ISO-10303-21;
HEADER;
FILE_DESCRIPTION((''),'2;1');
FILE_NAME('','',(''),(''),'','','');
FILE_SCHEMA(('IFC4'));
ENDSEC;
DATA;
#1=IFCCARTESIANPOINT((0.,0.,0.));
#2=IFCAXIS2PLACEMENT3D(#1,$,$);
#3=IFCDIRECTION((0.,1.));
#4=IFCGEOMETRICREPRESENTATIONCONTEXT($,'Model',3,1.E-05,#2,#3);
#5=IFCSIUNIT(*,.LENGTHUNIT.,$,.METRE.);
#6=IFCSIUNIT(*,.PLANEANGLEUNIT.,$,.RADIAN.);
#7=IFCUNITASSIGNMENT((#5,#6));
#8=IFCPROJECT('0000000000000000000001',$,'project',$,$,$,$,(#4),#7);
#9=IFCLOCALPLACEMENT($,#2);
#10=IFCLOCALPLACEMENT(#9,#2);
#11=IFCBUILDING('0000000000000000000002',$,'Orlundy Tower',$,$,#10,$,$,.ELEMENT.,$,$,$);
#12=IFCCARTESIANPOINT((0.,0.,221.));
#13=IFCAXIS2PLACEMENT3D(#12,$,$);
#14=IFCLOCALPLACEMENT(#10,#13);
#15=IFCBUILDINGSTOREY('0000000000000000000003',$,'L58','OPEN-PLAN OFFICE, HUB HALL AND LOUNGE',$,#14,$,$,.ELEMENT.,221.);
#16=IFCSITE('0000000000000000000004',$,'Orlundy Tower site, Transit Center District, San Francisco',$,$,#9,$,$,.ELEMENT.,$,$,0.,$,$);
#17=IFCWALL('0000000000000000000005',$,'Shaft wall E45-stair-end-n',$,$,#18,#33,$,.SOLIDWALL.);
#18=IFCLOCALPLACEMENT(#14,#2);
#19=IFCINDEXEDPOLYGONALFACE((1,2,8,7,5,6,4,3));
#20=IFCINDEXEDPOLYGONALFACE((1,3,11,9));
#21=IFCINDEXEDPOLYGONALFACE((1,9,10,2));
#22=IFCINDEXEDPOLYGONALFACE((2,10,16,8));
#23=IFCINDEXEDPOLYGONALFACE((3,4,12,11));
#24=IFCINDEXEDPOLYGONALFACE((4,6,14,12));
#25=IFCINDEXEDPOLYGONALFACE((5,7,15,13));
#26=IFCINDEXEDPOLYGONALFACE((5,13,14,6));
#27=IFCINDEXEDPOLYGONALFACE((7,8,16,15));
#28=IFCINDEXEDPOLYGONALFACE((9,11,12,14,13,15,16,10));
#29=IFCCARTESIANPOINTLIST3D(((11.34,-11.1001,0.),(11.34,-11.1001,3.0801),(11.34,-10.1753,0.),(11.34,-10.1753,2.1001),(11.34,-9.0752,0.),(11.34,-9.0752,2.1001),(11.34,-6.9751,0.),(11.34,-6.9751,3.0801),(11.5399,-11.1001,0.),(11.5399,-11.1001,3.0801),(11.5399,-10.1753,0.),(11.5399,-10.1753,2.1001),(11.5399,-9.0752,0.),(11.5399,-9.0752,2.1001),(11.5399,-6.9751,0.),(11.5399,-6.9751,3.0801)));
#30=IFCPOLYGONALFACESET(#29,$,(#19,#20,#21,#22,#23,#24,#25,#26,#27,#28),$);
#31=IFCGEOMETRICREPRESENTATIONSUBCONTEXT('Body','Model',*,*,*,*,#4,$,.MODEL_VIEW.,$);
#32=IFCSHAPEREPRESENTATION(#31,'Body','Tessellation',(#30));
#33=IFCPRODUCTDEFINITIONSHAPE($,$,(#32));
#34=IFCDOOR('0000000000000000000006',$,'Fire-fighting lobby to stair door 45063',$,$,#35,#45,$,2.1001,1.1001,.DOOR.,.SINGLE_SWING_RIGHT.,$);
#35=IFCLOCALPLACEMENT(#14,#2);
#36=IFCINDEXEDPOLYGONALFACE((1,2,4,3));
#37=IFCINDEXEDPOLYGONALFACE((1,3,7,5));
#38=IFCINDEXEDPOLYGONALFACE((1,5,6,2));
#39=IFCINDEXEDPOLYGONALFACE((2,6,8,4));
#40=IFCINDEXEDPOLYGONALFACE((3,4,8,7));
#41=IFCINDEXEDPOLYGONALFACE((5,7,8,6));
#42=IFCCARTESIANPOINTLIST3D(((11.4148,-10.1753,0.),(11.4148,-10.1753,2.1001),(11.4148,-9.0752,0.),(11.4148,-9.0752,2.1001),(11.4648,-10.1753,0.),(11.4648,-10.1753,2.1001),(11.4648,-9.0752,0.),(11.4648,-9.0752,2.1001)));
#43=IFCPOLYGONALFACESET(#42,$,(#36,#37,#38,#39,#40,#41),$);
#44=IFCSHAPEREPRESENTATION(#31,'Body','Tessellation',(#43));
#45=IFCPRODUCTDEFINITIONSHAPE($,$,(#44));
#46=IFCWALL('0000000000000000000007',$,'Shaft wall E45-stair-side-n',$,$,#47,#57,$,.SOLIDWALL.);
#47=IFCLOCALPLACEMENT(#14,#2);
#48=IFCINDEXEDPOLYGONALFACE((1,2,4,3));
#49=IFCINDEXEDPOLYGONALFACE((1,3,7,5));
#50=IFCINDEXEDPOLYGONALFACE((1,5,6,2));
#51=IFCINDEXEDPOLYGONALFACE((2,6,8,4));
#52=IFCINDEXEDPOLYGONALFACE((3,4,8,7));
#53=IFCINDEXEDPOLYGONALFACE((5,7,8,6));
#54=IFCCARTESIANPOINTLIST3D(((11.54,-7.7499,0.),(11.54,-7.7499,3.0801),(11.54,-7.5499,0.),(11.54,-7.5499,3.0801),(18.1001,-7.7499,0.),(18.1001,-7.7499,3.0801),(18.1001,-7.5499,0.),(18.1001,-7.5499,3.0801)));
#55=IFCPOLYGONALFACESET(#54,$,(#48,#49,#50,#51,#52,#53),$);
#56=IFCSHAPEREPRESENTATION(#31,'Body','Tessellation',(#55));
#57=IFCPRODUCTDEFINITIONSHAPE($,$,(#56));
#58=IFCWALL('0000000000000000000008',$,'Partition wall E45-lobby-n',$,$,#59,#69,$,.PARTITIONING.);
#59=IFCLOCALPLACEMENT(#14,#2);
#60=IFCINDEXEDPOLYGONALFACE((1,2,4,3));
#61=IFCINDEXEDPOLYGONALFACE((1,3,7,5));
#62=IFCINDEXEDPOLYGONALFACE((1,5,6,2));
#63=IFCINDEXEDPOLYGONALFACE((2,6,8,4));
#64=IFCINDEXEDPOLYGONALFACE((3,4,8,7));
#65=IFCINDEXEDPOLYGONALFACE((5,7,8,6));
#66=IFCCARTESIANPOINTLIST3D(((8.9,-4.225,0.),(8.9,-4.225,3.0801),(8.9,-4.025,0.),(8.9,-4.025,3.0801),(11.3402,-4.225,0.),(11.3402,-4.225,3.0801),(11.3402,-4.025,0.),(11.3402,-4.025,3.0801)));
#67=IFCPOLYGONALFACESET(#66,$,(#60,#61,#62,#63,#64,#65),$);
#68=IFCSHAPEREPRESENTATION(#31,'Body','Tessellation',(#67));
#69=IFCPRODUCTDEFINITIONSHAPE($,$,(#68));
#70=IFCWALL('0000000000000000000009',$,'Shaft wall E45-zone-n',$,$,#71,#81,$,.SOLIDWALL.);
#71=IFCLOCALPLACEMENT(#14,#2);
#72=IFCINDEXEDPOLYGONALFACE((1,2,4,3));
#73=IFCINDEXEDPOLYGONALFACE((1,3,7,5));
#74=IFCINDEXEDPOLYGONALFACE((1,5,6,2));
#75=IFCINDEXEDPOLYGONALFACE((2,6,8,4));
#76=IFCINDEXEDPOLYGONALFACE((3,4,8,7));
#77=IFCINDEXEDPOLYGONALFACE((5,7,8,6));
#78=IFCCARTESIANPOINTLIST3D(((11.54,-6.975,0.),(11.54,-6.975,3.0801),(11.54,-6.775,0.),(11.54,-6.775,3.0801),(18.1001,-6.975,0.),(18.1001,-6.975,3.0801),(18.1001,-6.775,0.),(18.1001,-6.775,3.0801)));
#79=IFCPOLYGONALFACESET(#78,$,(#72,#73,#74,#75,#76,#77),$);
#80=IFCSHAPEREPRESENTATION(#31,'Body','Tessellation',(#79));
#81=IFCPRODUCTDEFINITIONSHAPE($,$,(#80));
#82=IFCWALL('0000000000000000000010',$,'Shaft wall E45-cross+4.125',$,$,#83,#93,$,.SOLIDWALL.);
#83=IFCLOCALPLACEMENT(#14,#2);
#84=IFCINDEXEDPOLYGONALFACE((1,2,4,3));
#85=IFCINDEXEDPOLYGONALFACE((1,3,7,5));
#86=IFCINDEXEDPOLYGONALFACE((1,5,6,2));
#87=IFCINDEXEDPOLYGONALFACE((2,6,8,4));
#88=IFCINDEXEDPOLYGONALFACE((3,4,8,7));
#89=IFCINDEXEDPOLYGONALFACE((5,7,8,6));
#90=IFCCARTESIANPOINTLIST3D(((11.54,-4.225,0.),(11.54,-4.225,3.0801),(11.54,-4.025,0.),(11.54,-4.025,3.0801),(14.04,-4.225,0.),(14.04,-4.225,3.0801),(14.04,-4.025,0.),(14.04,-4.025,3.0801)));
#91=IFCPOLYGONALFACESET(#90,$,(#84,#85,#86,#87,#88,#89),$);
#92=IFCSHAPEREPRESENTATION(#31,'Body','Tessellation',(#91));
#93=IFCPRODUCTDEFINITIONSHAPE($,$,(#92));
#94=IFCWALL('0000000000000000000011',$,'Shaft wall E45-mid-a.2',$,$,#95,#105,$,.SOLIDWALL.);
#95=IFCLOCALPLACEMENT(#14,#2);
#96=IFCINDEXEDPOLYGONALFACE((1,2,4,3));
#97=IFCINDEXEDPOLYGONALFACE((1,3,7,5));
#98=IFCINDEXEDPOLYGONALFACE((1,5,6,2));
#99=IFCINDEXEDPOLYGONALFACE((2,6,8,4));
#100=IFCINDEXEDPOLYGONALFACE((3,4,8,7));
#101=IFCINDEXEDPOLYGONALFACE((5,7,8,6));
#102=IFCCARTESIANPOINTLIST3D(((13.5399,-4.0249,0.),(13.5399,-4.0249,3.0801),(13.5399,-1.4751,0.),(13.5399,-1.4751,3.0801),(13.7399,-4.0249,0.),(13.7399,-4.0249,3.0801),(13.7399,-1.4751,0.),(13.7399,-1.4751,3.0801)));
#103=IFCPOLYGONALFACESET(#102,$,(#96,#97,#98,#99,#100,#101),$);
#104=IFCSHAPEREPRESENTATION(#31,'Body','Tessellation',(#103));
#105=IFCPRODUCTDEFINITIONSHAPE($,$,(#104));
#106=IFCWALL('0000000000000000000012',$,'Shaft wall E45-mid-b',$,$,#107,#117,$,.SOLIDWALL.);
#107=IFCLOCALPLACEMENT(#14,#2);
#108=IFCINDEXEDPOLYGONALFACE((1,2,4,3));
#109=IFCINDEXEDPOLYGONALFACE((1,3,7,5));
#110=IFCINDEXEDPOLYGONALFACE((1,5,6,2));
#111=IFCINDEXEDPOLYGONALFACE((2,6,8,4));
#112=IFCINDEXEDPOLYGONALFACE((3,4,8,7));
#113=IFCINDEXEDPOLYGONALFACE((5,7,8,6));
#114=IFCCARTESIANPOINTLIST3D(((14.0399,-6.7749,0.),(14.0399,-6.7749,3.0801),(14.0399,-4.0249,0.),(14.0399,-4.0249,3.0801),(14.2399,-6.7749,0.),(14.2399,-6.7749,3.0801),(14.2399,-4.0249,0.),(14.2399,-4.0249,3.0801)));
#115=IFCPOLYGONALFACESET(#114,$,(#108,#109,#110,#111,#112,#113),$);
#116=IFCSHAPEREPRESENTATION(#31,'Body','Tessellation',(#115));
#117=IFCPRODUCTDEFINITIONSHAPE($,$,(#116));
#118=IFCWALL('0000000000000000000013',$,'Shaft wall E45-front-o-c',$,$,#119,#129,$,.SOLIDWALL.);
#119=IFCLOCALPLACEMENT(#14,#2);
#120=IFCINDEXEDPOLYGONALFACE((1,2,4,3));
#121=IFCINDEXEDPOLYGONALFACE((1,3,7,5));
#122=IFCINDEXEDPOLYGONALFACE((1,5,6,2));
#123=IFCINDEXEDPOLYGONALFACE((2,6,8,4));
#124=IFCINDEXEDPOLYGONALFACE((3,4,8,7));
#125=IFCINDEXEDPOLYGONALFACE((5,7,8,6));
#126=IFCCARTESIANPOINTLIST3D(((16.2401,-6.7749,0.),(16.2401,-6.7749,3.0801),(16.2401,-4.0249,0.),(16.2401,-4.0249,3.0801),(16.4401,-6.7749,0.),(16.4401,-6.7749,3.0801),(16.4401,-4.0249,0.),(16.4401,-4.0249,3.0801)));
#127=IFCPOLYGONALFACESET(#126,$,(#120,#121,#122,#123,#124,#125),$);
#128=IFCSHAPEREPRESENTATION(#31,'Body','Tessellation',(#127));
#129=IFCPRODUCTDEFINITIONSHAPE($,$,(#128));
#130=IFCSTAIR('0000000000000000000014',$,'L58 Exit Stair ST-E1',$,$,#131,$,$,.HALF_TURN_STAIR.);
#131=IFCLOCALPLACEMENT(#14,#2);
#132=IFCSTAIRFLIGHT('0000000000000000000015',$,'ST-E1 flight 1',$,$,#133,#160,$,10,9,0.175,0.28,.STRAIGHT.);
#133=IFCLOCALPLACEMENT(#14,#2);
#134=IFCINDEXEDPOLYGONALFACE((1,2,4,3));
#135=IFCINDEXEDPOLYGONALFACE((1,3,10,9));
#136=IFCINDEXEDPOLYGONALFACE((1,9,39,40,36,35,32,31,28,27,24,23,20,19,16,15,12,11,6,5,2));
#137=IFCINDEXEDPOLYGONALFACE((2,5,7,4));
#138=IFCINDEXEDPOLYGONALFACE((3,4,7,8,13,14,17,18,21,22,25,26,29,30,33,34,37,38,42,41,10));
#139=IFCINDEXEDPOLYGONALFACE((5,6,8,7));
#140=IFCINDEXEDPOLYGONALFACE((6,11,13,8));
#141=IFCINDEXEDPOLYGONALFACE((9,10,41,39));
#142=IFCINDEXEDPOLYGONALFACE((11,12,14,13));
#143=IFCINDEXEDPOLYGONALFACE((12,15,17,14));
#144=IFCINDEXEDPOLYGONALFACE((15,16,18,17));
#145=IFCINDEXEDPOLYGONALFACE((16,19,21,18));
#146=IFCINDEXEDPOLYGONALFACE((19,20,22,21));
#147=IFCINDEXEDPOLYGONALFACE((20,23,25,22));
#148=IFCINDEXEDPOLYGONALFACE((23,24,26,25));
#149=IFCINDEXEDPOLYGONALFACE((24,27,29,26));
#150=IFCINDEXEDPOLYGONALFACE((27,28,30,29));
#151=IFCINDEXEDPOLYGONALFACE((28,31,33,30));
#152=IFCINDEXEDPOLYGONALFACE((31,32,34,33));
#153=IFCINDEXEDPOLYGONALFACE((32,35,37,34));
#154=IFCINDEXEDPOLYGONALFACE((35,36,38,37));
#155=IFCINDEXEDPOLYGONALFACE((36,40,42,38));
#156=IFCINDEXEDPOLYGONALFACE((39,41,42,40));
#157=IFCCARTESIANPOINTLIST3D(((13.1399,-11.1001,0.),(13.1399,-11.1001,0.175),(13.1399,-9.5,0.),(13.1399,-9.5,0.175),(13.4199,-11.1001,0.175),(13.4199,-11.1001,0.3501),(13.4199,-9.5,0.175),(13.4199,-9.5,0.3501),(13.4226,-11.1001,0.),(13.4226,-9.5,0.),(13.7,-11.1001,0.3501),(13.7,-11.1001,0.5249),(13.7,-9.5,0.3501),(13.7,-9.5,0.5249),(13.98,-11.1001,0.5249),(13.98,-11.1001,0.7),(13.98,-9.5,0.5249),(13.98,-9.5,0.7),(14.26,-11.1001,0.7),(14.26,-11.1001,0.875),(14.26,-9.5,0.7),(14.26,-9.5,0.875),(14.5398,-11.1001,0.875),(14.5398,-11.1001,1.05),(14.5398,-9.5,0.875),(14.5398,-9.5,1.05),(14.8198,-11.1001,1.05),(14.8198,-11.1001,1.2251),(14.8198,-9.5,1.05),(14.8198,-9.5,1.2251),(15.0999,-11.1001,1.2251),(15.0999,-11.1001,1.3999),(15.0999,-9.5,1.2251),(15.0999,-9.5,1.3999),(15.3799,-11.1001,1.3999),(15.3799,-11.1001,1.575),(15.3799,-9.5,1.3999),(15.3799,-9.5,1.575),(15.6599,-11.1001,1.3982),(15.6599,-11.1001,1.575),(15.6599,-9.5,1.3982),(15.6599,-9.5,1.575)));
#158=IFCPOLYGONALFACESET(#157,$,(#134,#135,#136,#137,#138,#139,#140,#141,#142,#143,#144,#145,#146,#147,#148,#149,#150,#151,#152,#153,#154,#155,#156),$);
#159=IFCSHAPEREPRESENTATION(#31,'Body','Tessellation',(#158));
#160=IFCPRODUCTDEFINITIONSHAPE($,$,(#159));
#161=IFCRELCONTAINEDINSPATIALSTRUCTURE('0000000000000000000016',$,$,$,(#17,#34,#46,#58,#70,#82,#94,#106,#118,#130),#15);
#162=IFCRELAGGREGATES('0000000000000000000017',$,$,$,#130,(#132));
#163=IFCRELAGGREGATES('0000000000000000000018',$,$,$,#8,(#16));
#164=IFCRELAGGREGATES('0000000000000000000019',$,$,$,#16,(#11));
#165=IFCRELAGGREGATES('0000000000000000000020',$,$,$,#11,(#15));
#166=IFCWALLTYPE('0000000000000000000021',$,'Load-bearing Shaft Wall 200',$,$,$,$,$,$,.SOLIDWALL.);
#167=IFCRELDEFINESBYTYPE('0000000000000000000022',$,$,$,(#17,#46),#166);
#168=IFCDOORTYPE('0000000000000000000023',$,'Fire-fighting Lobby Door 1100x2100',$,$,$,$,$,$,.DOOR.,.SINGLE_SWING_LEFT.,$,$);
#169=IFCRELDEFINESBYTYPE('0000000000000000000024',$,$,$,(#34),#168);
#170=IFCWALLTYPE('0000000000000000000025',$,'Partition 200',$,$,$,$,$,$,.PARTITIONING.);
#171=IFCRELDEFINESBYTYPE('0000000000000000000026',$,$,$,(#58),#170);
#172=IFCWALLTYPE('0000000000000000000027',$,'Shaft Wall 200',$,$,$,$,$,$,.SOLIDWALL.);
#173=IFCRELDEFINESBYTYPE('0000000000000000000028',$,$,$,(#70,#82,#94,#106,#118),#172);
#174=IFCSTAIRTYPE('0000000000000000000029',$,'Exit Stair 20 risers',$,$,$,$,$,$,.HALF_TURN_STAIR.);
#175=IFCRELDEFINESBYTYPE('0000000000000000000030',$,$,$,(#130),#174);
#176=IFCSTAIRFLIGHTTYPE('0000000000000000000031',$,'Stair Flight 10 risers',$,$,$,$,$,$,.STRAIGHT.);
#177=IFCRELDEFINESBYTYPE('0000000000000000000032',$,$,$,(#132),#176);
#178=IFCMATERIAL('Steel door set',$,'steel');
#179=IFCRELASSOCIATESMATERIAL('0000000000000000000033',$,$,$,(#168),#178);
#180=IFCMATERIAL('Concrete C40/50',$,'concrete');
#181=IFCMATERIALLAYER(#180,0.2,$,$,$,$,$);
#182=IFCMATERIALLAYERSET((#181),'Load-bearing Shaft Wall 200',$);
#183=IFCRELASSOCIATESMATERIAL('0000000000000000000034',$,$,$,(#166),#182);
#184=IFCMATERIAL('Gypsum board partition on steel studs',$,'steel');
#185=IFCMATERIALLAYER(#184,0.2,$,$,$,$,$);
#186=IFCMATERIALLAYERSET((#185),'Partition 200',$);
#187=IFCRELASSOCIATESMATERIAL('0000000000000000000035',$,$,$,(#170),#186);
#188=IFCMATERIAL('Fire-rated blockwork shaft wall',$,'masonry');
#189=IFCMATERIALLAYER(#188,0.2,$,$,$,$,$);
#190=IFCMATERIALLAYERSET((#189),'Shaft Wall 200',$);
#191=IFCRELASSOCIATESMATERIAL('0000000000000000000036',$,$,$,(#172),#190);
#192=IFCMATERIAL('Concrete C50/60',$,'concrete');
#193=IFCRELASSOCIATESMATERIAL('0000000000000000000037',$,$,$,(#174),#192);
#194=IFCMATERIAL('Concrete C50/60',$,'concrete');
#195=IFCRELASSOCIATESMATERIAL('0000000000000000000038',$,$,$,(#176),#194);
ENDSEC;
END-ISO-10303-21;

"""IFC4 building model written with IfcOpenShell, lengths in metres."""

from ifc_helpers import new_model, si_unit, direction, frame, frame_2d, origin, place, context, subcontext, project, spatial, polyline, rectangle, outline, extrude, material, layer, layer_set, type_object, element, fill, aggregate, save


model = new_model("IFC4")

# Units and contexts
model_context = context("Model", 3, precision=1e-05, world=origin(), true_north=direction((0.0, 1.0)))
body_context = subcontext(model_context, "Body", "Model", "MODEL_VIEW")
ifc_project = project(units=[si_unit("LENGTHUNIT", "METRE"), si_unit("PLANEANGLEUNIT", "RADIAN")], contexts=[model_context])

# Site, building, storey
site_placement = place(None, origin())
site = spatial("IfcSite", under=ifc_project, at=site_placement, Name="Orlundy Tower site, Transit Center District, San Francisco", CompositionType="ELEMENT", RefElevation=0.0)
building_placement = place(site_placement, origin())
building = spatial("IfcBuilding", under=site, at=building_placement, Name="Orlundy Tower", CompositionType="ELEMENT")
storey_placement = place(building_placement, frame((0.0, 0.0, 221.0)))
storey = spatial("IfcBuildingStorey", under=building, at=storey_placement, Name="L58", Description="OPEN-PLAN OFFICE, HUB HALL AND LOUNGE", CompositionType="ELEMENT", Elevation=221.0)

# Shared definitions
ifc_material_1 = material(Name="Steel door set", Category="steel")
door_type_1 = type_object("IfcDoorType", Name="Fire-fighting Lobby Door 1100x2100", OperationType="SINGLE_SWING_LEFT", PredefinedType="DOOR", material=ifc_material_1)

# Wall, opening, door
ifc_material_2 = material(Name="Concrete C40/50", Category="concrete")
ifc_layer_1 = layer(ifc_material_2, 0.2)
ifc_layer_set_1 = layer_set([ifc_layer_1], Name="Load-bearing Shaft Wall 200")
wall_type_1 = type_object("IfcWallType", Name="Load-bearing Shaft Wall 200", PredefinedType="SOLIDWALL", material=ifc_layer_set_1)
wall_1_placement = place(storey_placement, frame((11.4399, -6.9751, 0.0), z_axis=(0.0, 0.0, 1.0), x_axis=(0.0, -1.0, 0.0)))
wall_1 = element("IfcWall", 1, at=wall_1_placement, inside=storey, type_object=wall_type_1, Name="Shaft wall E45-stair-end-n", PredefinedType="SOLIDWALL", context=body_context, shape_type="SweptSolid", body=[
    extrude(rectangle(XDim=4.125, YDim=0.2, at=frame_2d((2.0625, 0.0))), origin(), (0.0, 0.0, 1.0), 3.0801),
])
opening_1_placement = place(wall_1_placement, frame((2.1001, 0.0, 0.0)))
opening_1 = element("IfcOpeningElement", 2, at=opening_1_placement, cuts=wall_1, PredefinedType="OPENING", context=body_context, shape_type="SweptSolid", body=[
    extrude(rectangle(XDim=1.1001, YDim=2.1001, at=frame_2d((0.55, 1.05))), frame((0.0, 0.1101, 0.0), z_axis=(0.0, -1.0, 0.0), x_axis=(1.0, 0.0, 0.0)), (0.0, 0.0, 1.0), 0.2202),
])
door_1_placement = place(opening_1_placement, origin())
door_1 = element("IfcDoor", 3, at=door_1_placement, inside=storey, type_object=door_type_1, Name="Fire-fighting lobby to stair door 45063", OperationType="SINGLE_SWING_RIGHT", OverallHeight=2.1001, OverallWidth=1.1001, PredefinedType="DOOR", context=body_context, shape_type="SweptSolid", body=[
    extrude(rectangle(XDim=1.1001, YDim=2.1001, at=frame_2d((0.55, 1.05))), frame((0.0, 0.0249, 0.0), z_axis=(0.0, -1.0, 0.0), x_axis=(1.0, 0.0, 0.0)), (0.0, 0.0, 1.0), 0.05),
])
fill(opening_1, door_1)

# Walls
wall_2_placement = place(storey_placement, frame((11.54, -7.6499, 0.0), z_axis=(0.0, 0.0, 1.0), x_axis=(1.0, 0.0, 0.0)))
element("IfcWall", 4, at=wall_2_placement, inside=storey, type_object=wall_type_1, Name="Shaft wall E45-stair-side-n", PredefinedType="SOLIDWALL", context=body_context, shape_type="SweptSolid", body=[
    extrude(rectangle(XDim=6.5601, YDim=0.2, at=frame_2d((3.28, 0.0))), origin(), (0.0, 0.0, 1.0), 3.0801),
])
ifc_material_3 = material(Name="Gypsum board partition on steel studs", Category="steel")
ifc_layer_2 = layer(ifc_material_3, 0.2)
ifc_layer_set_2 = layer_set([ifc_layer_2], Name="Partition 200")
wall_type_2 = type_object("IfcWallType", Name="Partition 200", PredefinedType="PARTITIONING", material=ifc_layer_set_2)
wall_3_placement = place(storey_placement, frame((8.8999, -4.125, 0.0), z_axis=(0.0, 0.0, 1.0), x_axis=(1.0, 0.0, 0.0)))
element("IfcWall", 5, at=wall_3_placement, inside=storey, type_object=wall_type_2, Name="Partition wall E45-lobby-n", PredefinedType="PARTITIONING", context=body_context, shape_type="SweptSolid", body=[
    extrude(rectangle(XDim=2.4402, YDim=0.2, at=frame_2d((1.2202, 0.0))), origin(), (0.0, 0.0, 1.0), 3.0801),
])
ifc_material_4 = material(Name="Fire-rated blockwork shaft wall", Category="masonry")
ifc_layer_3 = layer(ifc_material_4, 0.2)
ifc_layer_set_3 = layer_set([ifc_layer_3], Name="Shaft Wall 200")
wall_type_3 = type_object("IfcWallType", Name="Shaft Wall 200", PredefinedType="SOLIDWALL", material=ifc_layer_set_3)
wall_4_placement = place(storey_placement, frame((11.54, -6.875, 0.0), z_axis=(0.0, 0.0, 1.0), x_axis=(1.0, 0.0, 0.0)))
element("IfcWall", 6, at=wall_4_placement, inside=storey, type_object=wall_type_3, Name="Shaft wall E45-zone-n", PredefinedType="SOLIDWALL", context=body_context, shape_type="SweptSolid", body=[
    extrude(rectangle(XDim=6.5601, YDim=0.2, at=frame_2d((3.28, 0.0))), origin(), (0.0, 0.0, 1.0), 3.0801),
])
wall_5_placement = place(storey_placement, frame((11.54, -4.125, 0.0), z_axis=(0.0, 0.0, 1.0), x_axis=(1.0, 0.0, 0.0)))
element("IfcWall", 7, at=wall_5_placement, inside=storey, type_object=wall_type_3, Name="Shaft wall E45-cross+4.125", PredefinedType="SOLIDWALL", context=body_context, shape_type="SweptSolid", body=[
    extrude(rectangle(XDim=2.5, YDim=0.2, at=frame_2d((1.25, 0.0))), origin(), (0.0, 0.0, 1.0), 3.0801),
])
wall_6_placement = place(storey_placement, frame((13.6399, -1.4751, 0.0), z_axis=(0.0, 0.0, 1.0), x_axis=(0.0, -1.0, 0.0)))
element("IfcWall", 8, at=wall_6_placement, inside=storey, type_object=wall_type_3, Name="Shaft wall E45-mid-a.2", PredefinedType="SOLIDWALL", context=body_context, shape_type="SweptSolid", body=[
    extrude(rectangle(XDim=2.5498, YDim=0.2, at=frame_2d((1.2749, 0.0))), origin(), (0.0, 0.0, 1.0), 3.0801),
])
for number, where, z_axis, x_axis, name in (
    (9, (14.1399, -4.0249, 0.0), (0.0, 0.0, 1.0), (0.0, -1.0, 0.0), "Shaft wall E45-mid-b"),
    (10, (16.3401, -4.0249, 0.0), (0.0, 0.0, 1.0), (0.0, -1.0, 0.0), "Shaft wall E45-front-o-c"),
):
    element("IfcWall", number, at=place(storey_placement, frame(where, z_axis=z_axis, x_axis=x_axis)), inside=storey, type_object=wall_type_3, Name=name, PredefinedType="SOLIDWALL", context=body_context, shape_type="SweptSolid", body=[
        extrude(rectangle(XDim=2.75, YDim=0.2, at=frame_2d((1.375, 0.0))), origin(), (0.0, 0.0, 1.0), 3.0801),
    ])

# Stair, stair flight
ifc_material_5 = material(Name="Concrete C50/60", Category="concrete")
stair_type = type_object("IfcStairType", Name="Exit Stair 20 risers", PredefinedType="HALF_TURN_STAIR", material=ifc_material_5)
stair_placement = place(storey_placement, origin())
stair = element("IfcStair", 11, at=stair_placement, inside=storey, type_object=stair_type, Name="L58 Exit Stair ST-E1", PredefinedType="HALF_TURN_STAIR")
ifc_material_6 = material(Name="Concrete C50/60", Category="concrete")
stair_flight_type = type_object("IfcStairFlightType", Name="Stair Flight 10 risers", PredefinedType="STRAIGHT", material=ifc_material_6)
stair_flight_1_placement = place(storey_placement, frame((13.1399, -10.3, 0.0), z_axis=(0.0, 0.0, 1.0), x_axis=(1.0, 0.0, 0.0)))
stair_flight_1 = element("IfcStairFlight", 12, at=stair_flight_1_placement, type_object=stair_flight_type, Name="ST-E1 flight 1", NumberOfRisers=10, NumberOfTreads=9, PredefinedType="STRAIGHT", RiserHeight=0.175, TreadLength=0.28, context=body_context, shape_type="SweptSolid", body=[
    extrude(outline(polyline([(0.0, 0.0), (0.0, 0.175), (0.28, 0.175), (0.28, 0.3501), (0.5601, 0.3501), (0.5601, 0.5249), (0.8401, 0.5249), (0.8401, 0.7), (1.1201, 0.7), (1.1201, 0.875), (1.3999, 0.875), (1.3999, 1.05), (1.6799, 1.05), (1.6799, 1.2251), (1.96, 1.2251), (1.96, 1.3999), (2.24, 1.3999), (2.24, 1.575), (2.52, 1.575), (2.52, 1.75), (2.52, 1.3982), (0.2827, 0.0), (0.0, 0.0)])), frame((0.0, 0.8, 0.0), z_axis=(0.0, -1.0, 0.0), x_axis=(1.0, 0.0, 0.0)), (0.0, 0.0, 1.0), 1.6001),
])
aggregate(stair, [stair_flight_1])

save(model, "model.ifc")
